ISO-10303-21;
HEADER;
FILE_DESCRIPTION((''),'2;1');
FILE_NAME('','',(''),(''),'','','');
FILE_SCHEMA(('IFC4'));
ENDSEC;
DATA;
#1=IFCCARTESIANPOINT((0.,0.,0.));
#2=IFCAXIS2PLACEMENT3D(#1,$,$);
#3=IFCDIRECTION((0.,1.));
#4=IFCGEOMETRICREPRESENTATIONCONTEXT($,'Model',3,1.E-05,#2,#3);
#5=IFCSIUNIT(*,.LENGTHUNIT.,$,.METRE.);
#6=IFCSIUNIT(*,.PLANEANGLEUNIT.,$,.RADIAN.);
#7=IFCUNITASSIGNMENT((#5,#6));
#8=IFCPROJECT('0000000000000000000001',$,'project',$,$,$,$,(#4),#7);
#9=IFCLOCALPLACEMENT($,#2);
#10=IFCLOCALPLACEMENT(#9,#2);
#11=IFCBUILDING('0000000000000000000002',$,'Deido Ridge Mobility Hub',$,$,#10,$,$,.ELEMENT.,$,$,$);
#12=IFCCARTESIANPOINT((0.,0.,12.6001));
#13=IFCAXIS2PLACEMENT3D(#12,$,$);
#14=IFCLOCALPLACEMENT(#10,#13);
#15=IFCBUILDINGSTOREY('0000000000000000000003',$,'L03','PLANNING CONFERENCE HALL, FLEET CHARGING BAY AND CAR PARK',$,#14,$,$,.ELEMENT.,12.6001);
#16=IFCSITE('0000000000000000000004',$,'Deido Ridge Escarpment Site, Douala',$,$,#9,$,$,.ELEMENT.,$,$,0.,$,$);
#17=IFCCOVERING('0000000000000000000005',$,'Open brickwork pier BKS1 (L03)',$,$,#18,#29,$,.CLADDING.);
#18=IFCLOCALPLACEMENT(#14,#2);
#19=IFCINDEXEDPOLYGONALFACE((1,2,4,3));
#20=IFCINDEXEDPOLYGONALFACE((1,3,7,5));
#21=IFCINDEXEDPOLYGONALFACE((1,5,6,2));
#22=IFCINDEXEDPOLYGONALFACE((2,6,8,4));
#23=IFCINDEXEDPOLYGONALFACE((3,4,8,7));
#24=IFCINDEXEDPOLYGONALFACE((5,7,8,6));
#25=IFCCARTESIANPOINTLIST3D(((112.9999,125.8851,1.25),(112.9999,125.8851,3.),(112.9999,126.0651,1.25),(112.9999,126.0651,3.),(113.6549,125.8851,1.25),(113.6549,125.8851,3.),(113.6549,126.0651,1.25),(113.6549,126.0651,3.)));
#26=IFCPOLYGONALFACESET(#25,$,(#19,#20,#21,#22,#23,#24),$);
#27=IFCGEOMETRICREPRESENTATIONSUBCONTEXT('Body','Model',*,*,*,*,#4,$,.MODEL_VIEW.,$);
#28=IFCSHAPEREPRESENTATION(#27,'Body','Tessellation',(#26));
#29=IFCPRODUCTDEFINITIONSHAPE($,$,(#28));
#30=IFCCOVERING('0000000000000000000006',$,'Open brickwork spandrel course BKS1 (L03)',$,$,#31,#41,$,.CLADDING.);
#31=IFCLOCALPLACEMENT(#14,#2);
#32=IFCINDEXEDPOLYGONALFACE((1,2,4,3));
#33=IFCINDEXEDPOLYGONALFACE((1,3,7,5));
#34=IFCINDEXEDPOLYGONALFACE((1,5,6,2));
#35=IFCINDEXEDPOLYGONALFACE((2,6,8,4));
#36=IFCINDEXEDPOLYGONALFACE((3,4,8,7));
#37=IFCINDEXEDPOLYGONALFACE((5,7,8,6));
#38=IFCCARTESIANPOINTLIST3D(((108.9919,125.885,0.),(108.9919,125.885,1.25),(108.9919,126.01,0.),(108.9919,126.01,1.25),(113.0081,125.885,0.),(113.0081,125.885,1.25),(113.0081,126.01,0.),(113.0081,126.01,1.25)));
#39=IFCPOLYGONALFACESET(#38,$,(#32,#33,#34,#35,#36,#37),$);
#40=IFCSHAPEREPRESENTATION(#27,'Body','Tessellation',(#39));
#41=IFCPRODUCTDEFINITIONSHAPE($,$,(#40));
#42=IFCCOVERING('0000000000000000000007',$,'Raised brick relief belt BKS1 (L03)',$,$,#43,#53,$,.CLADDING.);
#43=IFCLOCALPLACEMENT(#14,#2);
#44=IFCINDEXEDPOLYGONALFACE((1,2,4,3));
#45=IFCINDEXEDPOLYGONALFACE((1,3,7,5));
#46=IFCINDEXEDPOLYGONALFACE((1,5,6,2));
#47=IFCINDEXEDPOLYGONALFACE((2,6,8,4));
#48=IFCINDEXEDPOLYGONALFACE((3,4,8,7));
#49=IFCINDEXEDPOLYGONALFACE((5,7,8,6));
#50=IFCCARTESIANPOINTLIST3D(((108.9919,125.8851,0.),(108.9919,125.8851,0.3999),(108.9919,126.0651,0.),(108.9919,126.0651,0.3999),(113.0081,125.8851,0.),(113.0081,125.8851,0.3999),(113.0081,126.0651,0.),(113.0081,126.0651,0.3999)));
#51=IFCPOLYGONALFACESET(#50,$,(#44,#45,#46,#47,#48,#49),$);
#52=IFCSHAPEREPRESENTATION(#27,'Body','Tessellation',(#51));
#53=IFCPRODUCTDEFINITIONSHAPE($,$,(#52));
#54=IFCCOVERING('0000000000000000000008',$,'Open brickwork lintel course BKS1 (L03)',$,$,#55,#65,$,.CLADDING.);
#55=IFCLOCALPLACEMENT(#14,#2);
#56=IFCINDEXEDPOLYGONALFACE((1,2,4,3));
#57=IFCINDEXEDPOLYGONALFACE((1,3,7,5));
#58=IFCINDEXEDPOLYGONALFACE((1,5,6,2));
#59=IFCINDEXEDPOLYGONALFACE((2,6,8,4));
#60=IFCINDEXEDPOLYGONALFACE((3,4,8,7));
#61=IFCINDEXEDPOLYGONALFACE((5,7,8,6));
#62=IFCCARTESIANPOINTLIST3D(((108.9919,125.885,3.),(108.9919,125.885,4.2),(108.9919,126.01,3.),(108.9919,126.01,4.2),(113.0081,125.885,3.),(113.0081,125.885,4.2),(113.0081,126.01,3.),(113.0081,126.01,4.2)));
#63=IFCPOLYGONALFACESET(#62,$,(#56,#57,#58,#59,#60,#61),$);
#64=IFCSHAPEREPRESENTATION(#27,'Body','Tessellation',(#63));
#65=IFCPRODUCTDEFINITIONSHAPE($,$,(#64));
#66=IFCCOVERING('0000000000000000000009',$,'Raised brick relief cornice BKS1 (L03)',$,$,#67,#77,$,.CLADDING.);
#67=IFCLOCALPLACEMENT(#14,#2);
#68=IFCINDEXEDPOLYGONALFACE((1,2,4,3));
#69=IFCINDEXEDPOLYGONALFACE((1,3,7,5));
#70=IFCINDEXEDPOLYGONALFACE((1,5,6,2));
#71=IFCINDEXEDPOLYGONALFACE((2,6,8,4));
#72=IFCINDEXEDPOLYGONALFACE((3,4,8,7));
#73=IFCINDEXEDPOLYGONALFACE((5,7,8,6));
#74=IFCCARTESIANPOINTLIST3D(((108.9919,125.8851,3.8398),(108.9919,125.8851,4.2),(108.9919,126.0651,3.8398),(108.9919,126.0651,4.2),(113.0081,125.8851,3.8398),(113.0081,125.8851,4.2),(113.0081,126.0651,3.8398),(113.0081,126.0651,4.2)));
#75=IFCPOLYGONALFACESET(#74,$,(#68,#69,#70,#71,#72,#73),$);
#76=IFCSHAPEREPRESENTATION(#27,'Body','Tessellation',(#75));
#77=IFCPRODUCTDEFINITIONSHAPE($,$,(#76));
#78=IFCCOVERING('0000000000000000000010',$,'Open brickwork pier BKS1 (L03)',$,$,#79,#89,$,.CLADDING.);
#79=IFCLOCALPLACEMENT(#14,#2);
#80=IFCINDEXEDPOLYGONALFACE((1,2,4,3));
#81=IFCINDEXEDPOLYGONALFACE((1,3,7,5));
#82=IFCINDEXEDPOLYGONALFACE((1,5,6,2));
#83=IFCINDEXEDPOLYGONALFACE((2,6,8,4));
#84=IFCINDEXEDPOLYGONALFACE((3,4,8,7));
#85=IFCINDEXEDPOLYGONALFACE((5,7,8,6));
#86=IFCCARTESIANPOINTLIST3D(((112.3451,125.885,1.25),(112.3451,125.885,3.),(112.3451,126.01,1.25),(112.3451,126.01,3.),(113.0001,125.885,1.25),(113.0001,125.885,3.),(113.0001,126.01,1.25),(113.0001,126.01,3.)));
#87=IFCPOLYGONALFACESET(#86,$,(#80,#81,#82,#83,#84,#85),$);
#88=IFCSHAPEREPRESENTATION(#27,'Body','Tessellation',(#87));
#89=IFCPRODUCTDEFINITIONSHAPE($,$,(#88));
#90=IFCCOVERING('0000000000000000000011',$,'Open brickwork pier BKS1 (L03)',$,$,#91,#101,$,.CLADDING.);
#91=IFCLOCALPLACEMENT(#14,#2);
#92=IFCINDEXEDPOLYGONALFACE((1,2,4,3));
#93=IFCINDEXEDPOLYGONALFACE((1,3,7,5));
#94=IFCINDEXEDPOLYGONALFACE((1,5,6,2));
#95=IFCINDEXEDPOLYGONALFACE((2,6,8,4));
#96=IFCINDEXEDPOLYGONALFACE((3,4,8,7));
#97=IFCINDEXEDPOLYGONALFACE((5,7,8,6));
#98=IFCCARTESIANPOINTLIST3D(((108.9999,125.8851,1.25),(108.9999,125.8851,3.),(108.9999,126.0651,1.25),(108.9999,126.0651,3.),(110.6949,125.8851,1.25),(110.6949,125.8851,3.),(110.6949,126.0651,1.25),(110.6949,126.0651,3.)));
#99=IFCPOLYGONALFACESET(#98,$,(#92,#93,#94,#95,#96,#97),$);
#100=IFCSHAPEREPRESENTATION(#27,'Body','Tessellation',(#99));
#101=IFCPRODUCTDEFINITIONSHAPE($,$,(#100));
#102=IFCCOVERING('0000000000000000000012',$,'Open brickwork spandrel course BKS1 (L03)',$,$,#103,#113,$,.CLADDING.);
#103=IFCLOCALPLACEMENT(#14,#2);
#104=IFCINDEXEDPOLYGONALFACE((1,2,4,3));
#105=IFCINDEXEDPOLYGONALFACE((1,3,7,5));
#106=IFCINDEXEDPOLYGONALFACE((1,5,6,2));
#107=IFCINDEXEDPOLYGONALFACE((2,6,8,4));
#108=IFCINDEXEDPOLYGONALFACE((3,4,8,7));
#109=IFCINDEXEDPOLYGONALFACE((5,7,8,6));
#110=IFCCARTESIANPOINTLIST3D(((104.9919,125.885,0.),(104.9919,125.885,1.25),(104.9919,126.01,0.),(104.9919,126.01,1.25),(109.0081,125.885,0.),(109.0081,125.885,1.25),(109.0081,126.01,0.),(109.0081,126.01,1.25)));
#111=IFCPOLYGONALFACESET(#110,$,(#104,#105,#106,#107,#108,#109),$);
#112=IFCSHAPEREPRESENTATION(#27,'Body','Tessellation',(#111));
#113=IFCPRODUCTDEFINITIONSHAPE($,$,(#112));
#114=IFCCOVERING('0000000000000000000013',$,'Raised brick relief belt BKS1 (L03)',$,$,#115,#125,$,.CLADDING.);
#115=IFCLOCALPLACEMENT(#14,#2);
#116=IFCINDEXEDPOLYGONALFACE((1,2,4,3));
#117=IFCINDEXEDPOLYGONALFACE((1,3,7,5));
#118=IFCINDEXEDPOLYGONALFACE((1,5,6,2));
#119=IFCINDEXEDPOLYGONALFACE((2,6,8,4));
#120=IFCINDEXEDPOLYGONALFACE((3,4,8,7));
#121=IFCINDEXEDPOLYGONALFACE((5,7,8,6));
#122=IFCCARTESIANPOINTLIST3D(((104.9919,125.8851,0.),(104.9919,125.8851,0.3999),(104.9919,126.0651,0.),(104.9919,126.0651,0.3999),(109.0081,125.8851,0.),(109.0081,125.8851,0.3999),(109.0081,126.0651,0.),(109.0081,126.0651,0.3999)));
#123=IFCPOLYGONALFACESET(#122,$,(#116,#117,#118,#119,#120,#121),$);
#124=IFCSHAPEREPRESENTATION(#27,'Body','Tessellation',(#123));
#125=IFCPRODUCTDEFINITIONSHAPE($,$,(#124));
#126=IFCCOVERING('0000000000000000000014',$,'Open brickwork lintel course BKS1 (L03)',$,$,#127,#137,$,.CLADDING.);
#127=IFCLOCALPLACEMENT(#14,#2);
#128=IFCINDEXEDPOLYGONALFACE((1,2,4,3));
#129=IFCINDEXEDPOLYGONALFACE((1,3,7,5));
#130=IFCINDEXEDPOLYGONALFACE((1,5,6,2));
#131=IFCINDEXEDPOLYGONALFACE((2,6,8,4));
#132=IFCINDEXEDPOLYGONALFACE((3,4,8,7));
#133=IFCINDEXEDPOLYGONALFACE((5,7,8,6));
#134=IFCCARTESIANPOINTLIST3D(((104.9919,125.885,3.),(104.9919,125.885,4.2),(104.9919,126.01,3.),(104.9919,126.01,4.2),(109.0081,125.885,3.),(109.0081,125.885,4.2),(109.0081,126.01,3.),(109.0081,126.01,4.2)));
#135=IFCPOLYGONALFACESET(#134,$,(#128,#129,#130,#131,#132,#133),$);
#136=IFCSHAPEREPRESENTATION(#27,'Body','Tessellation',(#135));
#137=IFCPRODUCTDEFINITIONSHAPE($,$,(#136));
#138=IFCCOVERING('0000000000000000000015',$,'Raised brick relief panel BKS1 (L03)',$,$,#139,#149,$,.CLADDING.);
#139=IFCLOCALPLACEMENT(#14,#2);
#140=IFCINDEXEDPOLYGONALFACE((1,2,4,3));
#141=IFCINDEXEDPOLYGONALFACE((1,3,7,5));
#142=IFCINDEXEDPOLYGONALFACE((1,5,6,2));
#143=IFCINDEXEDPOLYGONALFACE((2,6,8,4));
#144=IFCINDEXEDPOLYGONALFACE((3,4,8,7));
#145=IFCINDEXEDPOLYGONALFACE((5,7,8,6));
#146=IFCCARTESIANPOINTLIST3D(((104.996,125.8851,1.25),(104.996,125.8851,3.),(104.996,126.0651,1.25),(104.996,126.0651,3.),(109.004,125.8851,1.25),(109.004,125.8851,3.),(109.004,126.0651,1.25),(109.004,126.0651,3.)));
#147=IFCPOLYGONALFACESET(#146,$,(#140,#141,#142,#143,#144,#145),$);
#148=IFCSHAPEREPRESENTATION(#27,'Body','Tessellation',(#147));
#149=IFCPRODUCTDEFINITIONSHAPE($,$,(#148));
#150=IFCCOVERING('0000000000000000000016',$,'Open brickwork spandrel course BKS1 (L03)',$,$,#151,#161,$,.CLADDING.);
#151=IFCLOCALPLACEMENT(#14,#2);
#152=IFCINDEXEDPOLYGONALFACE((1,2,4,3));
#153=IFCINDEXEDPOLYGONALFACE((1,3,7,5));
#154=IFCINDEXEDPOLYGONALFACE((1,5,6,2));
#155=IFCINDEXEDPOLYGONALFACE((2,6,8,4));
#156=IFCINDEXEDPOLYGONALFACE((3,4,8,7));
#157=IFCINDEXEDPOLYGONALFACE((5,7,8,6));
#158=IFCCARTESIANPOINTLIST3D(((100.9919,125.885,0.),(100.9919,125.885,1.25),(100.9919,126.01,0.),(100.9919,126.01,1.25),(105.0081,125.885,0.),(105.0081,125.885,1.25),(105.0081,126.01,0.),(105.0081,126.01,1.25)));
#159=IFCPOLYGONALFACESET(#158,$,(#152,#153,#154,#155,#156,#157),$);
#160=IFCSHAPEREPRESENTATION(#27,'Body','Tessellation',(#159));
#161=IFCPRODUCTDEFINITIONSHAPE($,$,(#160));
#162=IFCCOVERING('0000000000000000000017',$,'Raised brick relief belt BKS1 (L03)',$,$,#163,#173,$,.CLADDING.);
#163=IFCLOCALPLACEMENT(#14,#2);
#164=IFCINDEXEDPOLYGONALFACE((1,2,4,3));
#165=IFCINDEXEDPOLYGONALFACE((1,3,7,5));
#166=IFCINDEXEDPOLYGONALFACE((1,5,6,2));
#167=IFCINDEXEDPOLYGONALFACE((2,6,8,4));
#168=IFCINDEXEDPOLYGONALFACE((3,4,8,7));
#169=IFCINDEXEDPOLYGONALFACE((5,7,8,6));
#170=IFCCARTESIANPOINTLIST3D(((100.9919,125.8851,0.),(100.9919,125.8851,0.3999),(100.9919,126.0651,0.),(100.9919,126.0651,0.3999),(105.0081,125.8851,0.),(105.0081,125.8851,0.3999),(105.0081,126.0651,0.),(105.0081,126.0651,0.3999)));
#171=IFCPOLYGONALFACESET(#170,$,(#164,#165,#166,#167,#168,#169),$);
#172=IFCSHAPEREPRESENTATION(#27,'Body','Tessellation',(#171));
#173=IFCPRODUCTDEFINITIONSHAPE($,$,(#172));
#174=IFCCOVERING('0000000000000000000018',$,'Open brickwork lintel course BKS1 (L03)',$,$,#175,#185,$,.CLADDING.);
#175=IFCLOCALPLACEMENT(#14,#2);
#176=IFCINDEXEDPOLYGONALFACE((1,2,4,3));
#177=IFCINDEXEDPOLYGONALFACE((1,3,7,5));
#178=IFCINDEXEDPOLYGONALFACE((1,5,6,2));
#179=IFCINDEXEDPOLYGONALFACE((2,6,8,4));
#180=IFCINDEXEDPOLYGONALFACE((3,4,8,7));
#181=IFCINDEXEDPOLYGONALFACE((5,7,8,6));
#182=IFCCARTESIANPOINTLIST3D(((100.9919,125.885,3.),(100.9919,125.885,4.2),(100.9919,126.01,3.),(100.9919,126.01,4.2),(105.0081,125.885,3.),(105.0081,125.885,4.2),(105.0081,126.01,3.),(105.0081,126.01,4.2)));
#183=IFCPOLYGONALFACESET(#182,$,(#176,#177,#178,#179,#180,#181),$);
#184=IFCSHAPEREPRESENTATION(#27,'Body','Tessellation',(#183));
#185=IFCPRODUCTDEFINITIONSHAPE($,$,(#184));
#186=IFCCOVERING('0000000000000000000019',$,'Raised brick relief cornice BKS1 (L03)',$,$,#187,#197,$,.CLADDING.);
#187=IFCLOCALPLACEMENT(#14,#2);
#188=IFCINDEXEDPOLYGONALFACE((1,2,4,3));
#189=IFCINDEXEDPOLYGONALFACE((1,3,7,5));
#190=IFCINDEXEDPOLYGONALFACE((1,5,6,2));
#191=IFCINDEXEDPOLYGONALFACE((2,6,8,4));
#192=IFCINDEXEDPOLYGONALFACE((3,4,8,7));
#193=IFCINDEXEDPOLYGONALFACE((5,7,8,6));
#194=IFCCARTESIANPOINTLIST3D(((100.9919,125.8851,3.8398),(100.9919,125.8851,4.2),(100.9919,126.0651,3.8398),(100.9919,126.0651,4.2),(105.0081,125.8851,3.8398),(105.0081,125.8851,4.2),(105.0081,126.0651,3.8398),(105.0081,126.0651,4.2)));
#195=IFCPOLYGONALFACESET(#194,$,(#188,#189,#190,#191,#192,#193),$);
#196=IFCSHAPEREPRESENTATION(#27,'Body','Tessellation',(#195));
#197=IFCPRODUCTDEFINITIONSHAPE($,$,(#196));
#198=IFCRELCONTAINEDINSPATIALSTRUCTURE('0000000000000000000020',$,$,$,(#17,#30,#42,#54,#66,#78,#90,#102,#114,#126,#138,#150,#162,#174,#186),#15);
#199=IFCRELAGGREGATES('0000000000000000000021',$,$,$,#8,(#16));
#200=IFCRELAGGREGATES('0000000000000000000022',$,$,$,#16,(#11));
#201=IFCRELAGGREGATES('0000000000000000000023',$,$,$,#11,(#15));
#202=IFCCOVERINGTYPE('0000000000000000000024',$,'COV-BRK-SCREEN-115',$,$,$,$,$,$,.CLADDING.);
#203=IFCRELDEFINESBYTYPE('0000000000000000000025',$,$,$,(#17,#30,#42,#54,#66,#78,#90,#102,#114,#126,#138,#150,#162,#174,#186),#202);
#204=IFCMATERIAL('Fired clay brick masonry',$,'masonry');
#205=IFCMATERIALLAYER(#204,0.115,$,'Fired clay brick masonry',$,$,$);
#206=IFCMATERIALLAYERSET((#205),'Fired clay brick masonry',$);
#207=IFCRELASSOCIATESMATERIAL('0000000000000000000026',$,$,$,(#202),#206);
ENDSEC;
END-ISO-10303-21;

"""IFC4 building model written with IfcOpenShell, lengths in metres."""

from ifc_helpers import new_model, si_unit, direction, frame, origin, origin_2d, place, context, subcontext, project, spatial, rectangle, extrude, material, layer, layer_set, type_object, element, save


model = new_model("IFC4")

# Units and contexts
model_context = context("Model", 3, precision=1e-05, world=origin(), true_north=direction((0.0, 1.0)))
body_context = subcontext(model_context, "Body", "Model", "MODEL_VIEW")
ifc_project = project(units=[si_unit("LENGTHUNIT", "METRE"), si_unit("PLANEANGLEUNIT", "RADIAN")], contexts=[model_context])

# Site, building, storey
site_placement = place(None, origin())
site = spatial("IfcSite", under=ifc_project, at=site_placement, Name="Deido Ridge Escarpment Site, Douala", CompositionType="ELEMENT", RefElevation=0.0)
building_placement = place(site_placement, origin())
building = spatial("IfcBuilding", under=site, at=building_placement, Name="Deido Ridge Mobility Hub", CompositionType="ELEMENT")
storey_placement = place(building_placement, frame((0.0, 0.0, 12.6001)))
storey = spatial("IfcBuildingStorey", under=building, at=storey_placement, Name="L03", Description="PLANNING CONFERENCE HALL, FLEET CHARGING BAY AND CAR PARK", CompositionType="ELEMENT", Elevation=12.6001)

# Coverings
ifc_material_1 = material(Name="Fired clay brick masonry", Category="masonry")
ifc_layer = layer(ifc_material_1, 0.115, Name="Fired clay brick masonry")
ifc_layer_set = layer_set([ifc_layer], Name="Fired clay brick masonry")
covering_type = type_object("IfcCoveringType", Name="COV-BRK-SCREEN-115", PredefinedType="CLADDING", material=ifc_layer_set)
covering_1_placement = place(storey_placement, frame((113.3274, 125.9751, 1.25), z_axis=(0.0, 0.0, 1.0), x_axis=(-1.0, 0.0, 0.0)))
element("IfcCovering", 1, at=covering_1_placement, inside=storey, type_object=covering_type, Name="Open brickwork pier BKS1 (L03)", PredefinedType="CLADDING", context=body_context, shape_type="SweptSolid", body=[
    extrude(rectangle(XDim=0.655, YDim=0.1799, at=origin_2d()), origin(), (0.0, 0.0, 1.0), 1.75),
])
covering_2_placement = place(storey_placement, frame((111.0, 125.9475, 0.0), z_axis=(0.0, 0.0, 1.0), x_axis=(-1.0, 0.0, 0.0)))
element("IfcCovering", 2, at=covering_2_placement, inside=storey, type_object=covering_type, Name="Open brickwork spandrel course BKS1 (L03)", PredefinedType="CLADDING", context=body_context, shape_type="SweptSolid", body=[
    extrude(rectangle(XDim=4.0161, YDim=0.125, at=origin_2d()), origin(), (0.0, 0.0, 1.0), 1.25),
])
covering_3_placement = place(storey_placement, frame((111.0, 125.9751, 0.0), z_axis=(0.0, 0.0, 1.0), x_axis=(-1.0, 0.0, 0.0)))
element("IfcCovering", 3, at=covering_3_placement, inside=storey, type_object=covering_type, Name="Raised brick relief belt BKS1 (L03)", PredefinedType="CLADDING", context=body_context, shape_type="SweptSolid", body=[
    extrude(rectangle(XDim=4.0161, YDim=0.1799, at=origin_2d()), origin(), (0.0, 0.0, 1.0), 0.3999),
])
covering_4_placement = place(storey_placement, frame((111.0, 125.9475, 3.0), z_axis=(0.0, 0.0, 1.0), x_axis=(-1.0, 0.0, 0.0)))
element("IfcCovering", 4, at=covering_4_placement, inside=storey, type_object=covering_type, Name="Open brickwork lintel course BKS1 (L03)", PredefinedType="CLADDING", context=body_context, shape_type="SweptSolid", body=[
    extrude(rectangle(XDim=4.0161, YDim=0.125, at=origin_2d()), origin(), (0.0, 0.0, 1.0), 1.2),
])
covering_5_placement = place(storey_placement, frame((111.0, 125.9751, 3.8398), z_axis=(0.0, 0.0, 1.0), x_axis=(-1.0, 0.0, 0.0)))
element("IfcCovering", 5, at=covering_5_placement, inside=storey, type_object=covering_type, Name="Raised brick relief cornice BKS1 (L03)", PredefinedType="CLADDING", context=body_context, shape_type="SweptSolid", body=[
    extrude(rectangle(XDim=4.0161, YDim=0.1799, at=origin_2d()), origin(), (0.0, 0.0, 1.0), 0.3601),
])
covering_6_placement = place(storey_placement, frame((112.6726, 125.9475, 1.25), z_axis=(0.0, 0.0, 1.0), x_axis=(-1.0, 0.0, 0.0)))
element("IfcCovering", 6, at=covering_6_placement, inside=storey, type_object=covering_type, Name="Open brickwork pier BKS1 (L03)", PredefinedType="CLADDING", context=body_context, shape_type="SweptSolid", body=[
    extrude(rectangle(XDim=0.655, YDim=0.125, at=origin_2d()), origin(), (0.0, 0.0, 1.0), 1.75),
])
covering_7_placement = place(storey_placement, frame((109.8474, 125.9751, 1.25), z_axis=(0.0, 0.0, 1.0), x_axis=(-1.0, 0.0, 0.0)))
element("IfcCovering", 7, at=covering_7_placement, inside=storey, type_object=covering_type, Name="Open brickwork pier BKS1 (L03)", PredefinedType="CLADDING", context=body_context, shape_type="SweptSolid", body=[
    extrude(rectangle(XDim=1.6951, YDim=0.1799, at=origin_2d()), origin(), (0.0, 0.0, 1.0), 1.75),
])
covering_8_placement = place(storey_placement, frame((107.0, 125.9475, 0.0), z_axis=(0.0, 0.0, 1.0), x_axis=(-1.0, 0.0, 0.0)))
element("IfcCovering", 8, at=covering_8_placement, inside=storey, type_object=covering_type, Name="Open brickwork spandrel course BKS1 (L03)", PredefinedType="CLADDING", context=body_context, shape_type="SweptSolid", body=[
    extrude(rectangle(XDim=4.0161, YDim=0.125, at=origin_2d()), origin(), (0.0, 0.0, 1.0), 1.25),
])
covering_9_placement = place(storey_placement, frame((107.0, 125.9751, 0.0), z_axis=(0.0, 0.0, 1.0), x_axis=(-1.0, 0.0, 0.0)))
element("IfcCovering", 9, at=covering_9_placement, inside=storey, type_object=covering_type, Name="Raised brick relief belt BKS1 (L03)", PredefinedType="CLADDING", context=body_context, shape_type="SweptSolid", body=[
    extrude(rectangle(XDim=4.0161, YDim=0.1799, at=origin_2d()), origin(), (0.0, 0.0, 1.0), 0.3999),
])
covering_10_placement = place(storey_placement, frame((107.0, 125.9475, 3.0), z_axis=(0.0, 0.0, 1.0), x_axis=(-1.0, 0.0, 0.0)))
element("IfcCovering", 10, at=covering_10_placement, inside=storey, type_object=covering_type, Name="Open brickwork lintel course BKS1 (L03)", PredefinedType="CLADDING", context=body_context, shape_type="SweptSolid", body=[
    extrude(rectangle(XDim=4.0161, YDim=0.125, at=origin_2d()), origin(), (0.0, 0.0, 1.0), 1.2),
])
covering_11_placement = place(storey_placement, frame((107.0, 125.9751, 1.25), z_axis=(0.0, 0.0, 1.0), x_axis=(-1.0, 0.0, 0.0)))
element("IfcCovering", 11, at=covering_11_placement, inside=storey, type_object=covering_type, Name="Raised brick relief panel BKS1 (L03)", PredefinedType="CLADDING", context=body_context, shape_type="SweptSolid", body=[
    extrude(rectangle(XDim=4.0081, YDim=0.1799, at=origin_2d()), origin(), (0.0, 0.0, 1.0), 1.75),
])
covering_12_placement = place(storey_placement, frame((103.0, 125.9475, 0.0), z_axis=(0.0, 0.0, 1.0), x_axis=(-1.0, 0.0, 0.0)))
element("IfcCovering", 12, at=covering_12_placement, inside=storey, type_object=covering_type, Name="Open brickwork spandrel course BKS1 (L03)", PredefinedType="CLADDING", context=body_context, shape_type="SweptSolid", body=[
    extrude(rectangle(XDim=4.0161, YDim=0.125, at=origin_2d()), origin(), (0.0, 0.0, 1.0), 1.25),
])
covering_13_placement = place(storey_placement, frame((103.0, 125.9751, 0.0), z_axis=(0.0, 0.0, 1.0), x_axis=(-1.0, 0.0, 0.0)))
element("IfcCovering", 13, at=covering_13_placement, inside=storey, type_object=covering_type, Name="Raised brick relief belt BKS1 (L03)", PredefinedType="CLADDING", context=body_context, shape_type="SweptSolid", body=[
    extrude(rectangle(XDim=4.0161, YDim=0.1799, at=origin_2d()), origin(), (0.0, 0.0, 1.0), 0.3999),
])
covering_14_placement = place(storey_placement, frame((103.0, 125.9475, 3.0), z_axis=(0.0, 0.0, 1.0), x_axis=(-1.0, 0.0, 0.0)))
element("IfcCovering", 14, at=covering_14_placement, inside=storey, type_object=covering_type, Name="Open brickwork lintel course BKS1 (L03)", PredefinedType="CLADDING", context=body_context, shape_type="SweptSolid", body=[
    extrude(rectangle(XDim=4.0161, YDim=0.125, at=origin_2d()), origin(), (0.0, 0.0, 1.0), 1.2),
])
covering_15_placement = place(storey_placement, frame((103.0, 125.9751, 3.8398), z_axis=(0.0, 0.0, 1.0), x_axis=(-1.0, 0.0, 0.0)))
element("IfcCovering", 15, at=covering_15_placement, inside=storey, type_object=covering_type, Name="Raised brick relief cornice BKS1 (L03)", PredefinedType="CLADDING", context=body_context, shape_type="SweptSolid", body=[
    extrude(rectangle(XDim=4.0161, YDim=0.1799, at=origin_2d()), origin(), (0.0, 0.0, 1.0), 0.3601),
])

save(model, "model.ifc")
